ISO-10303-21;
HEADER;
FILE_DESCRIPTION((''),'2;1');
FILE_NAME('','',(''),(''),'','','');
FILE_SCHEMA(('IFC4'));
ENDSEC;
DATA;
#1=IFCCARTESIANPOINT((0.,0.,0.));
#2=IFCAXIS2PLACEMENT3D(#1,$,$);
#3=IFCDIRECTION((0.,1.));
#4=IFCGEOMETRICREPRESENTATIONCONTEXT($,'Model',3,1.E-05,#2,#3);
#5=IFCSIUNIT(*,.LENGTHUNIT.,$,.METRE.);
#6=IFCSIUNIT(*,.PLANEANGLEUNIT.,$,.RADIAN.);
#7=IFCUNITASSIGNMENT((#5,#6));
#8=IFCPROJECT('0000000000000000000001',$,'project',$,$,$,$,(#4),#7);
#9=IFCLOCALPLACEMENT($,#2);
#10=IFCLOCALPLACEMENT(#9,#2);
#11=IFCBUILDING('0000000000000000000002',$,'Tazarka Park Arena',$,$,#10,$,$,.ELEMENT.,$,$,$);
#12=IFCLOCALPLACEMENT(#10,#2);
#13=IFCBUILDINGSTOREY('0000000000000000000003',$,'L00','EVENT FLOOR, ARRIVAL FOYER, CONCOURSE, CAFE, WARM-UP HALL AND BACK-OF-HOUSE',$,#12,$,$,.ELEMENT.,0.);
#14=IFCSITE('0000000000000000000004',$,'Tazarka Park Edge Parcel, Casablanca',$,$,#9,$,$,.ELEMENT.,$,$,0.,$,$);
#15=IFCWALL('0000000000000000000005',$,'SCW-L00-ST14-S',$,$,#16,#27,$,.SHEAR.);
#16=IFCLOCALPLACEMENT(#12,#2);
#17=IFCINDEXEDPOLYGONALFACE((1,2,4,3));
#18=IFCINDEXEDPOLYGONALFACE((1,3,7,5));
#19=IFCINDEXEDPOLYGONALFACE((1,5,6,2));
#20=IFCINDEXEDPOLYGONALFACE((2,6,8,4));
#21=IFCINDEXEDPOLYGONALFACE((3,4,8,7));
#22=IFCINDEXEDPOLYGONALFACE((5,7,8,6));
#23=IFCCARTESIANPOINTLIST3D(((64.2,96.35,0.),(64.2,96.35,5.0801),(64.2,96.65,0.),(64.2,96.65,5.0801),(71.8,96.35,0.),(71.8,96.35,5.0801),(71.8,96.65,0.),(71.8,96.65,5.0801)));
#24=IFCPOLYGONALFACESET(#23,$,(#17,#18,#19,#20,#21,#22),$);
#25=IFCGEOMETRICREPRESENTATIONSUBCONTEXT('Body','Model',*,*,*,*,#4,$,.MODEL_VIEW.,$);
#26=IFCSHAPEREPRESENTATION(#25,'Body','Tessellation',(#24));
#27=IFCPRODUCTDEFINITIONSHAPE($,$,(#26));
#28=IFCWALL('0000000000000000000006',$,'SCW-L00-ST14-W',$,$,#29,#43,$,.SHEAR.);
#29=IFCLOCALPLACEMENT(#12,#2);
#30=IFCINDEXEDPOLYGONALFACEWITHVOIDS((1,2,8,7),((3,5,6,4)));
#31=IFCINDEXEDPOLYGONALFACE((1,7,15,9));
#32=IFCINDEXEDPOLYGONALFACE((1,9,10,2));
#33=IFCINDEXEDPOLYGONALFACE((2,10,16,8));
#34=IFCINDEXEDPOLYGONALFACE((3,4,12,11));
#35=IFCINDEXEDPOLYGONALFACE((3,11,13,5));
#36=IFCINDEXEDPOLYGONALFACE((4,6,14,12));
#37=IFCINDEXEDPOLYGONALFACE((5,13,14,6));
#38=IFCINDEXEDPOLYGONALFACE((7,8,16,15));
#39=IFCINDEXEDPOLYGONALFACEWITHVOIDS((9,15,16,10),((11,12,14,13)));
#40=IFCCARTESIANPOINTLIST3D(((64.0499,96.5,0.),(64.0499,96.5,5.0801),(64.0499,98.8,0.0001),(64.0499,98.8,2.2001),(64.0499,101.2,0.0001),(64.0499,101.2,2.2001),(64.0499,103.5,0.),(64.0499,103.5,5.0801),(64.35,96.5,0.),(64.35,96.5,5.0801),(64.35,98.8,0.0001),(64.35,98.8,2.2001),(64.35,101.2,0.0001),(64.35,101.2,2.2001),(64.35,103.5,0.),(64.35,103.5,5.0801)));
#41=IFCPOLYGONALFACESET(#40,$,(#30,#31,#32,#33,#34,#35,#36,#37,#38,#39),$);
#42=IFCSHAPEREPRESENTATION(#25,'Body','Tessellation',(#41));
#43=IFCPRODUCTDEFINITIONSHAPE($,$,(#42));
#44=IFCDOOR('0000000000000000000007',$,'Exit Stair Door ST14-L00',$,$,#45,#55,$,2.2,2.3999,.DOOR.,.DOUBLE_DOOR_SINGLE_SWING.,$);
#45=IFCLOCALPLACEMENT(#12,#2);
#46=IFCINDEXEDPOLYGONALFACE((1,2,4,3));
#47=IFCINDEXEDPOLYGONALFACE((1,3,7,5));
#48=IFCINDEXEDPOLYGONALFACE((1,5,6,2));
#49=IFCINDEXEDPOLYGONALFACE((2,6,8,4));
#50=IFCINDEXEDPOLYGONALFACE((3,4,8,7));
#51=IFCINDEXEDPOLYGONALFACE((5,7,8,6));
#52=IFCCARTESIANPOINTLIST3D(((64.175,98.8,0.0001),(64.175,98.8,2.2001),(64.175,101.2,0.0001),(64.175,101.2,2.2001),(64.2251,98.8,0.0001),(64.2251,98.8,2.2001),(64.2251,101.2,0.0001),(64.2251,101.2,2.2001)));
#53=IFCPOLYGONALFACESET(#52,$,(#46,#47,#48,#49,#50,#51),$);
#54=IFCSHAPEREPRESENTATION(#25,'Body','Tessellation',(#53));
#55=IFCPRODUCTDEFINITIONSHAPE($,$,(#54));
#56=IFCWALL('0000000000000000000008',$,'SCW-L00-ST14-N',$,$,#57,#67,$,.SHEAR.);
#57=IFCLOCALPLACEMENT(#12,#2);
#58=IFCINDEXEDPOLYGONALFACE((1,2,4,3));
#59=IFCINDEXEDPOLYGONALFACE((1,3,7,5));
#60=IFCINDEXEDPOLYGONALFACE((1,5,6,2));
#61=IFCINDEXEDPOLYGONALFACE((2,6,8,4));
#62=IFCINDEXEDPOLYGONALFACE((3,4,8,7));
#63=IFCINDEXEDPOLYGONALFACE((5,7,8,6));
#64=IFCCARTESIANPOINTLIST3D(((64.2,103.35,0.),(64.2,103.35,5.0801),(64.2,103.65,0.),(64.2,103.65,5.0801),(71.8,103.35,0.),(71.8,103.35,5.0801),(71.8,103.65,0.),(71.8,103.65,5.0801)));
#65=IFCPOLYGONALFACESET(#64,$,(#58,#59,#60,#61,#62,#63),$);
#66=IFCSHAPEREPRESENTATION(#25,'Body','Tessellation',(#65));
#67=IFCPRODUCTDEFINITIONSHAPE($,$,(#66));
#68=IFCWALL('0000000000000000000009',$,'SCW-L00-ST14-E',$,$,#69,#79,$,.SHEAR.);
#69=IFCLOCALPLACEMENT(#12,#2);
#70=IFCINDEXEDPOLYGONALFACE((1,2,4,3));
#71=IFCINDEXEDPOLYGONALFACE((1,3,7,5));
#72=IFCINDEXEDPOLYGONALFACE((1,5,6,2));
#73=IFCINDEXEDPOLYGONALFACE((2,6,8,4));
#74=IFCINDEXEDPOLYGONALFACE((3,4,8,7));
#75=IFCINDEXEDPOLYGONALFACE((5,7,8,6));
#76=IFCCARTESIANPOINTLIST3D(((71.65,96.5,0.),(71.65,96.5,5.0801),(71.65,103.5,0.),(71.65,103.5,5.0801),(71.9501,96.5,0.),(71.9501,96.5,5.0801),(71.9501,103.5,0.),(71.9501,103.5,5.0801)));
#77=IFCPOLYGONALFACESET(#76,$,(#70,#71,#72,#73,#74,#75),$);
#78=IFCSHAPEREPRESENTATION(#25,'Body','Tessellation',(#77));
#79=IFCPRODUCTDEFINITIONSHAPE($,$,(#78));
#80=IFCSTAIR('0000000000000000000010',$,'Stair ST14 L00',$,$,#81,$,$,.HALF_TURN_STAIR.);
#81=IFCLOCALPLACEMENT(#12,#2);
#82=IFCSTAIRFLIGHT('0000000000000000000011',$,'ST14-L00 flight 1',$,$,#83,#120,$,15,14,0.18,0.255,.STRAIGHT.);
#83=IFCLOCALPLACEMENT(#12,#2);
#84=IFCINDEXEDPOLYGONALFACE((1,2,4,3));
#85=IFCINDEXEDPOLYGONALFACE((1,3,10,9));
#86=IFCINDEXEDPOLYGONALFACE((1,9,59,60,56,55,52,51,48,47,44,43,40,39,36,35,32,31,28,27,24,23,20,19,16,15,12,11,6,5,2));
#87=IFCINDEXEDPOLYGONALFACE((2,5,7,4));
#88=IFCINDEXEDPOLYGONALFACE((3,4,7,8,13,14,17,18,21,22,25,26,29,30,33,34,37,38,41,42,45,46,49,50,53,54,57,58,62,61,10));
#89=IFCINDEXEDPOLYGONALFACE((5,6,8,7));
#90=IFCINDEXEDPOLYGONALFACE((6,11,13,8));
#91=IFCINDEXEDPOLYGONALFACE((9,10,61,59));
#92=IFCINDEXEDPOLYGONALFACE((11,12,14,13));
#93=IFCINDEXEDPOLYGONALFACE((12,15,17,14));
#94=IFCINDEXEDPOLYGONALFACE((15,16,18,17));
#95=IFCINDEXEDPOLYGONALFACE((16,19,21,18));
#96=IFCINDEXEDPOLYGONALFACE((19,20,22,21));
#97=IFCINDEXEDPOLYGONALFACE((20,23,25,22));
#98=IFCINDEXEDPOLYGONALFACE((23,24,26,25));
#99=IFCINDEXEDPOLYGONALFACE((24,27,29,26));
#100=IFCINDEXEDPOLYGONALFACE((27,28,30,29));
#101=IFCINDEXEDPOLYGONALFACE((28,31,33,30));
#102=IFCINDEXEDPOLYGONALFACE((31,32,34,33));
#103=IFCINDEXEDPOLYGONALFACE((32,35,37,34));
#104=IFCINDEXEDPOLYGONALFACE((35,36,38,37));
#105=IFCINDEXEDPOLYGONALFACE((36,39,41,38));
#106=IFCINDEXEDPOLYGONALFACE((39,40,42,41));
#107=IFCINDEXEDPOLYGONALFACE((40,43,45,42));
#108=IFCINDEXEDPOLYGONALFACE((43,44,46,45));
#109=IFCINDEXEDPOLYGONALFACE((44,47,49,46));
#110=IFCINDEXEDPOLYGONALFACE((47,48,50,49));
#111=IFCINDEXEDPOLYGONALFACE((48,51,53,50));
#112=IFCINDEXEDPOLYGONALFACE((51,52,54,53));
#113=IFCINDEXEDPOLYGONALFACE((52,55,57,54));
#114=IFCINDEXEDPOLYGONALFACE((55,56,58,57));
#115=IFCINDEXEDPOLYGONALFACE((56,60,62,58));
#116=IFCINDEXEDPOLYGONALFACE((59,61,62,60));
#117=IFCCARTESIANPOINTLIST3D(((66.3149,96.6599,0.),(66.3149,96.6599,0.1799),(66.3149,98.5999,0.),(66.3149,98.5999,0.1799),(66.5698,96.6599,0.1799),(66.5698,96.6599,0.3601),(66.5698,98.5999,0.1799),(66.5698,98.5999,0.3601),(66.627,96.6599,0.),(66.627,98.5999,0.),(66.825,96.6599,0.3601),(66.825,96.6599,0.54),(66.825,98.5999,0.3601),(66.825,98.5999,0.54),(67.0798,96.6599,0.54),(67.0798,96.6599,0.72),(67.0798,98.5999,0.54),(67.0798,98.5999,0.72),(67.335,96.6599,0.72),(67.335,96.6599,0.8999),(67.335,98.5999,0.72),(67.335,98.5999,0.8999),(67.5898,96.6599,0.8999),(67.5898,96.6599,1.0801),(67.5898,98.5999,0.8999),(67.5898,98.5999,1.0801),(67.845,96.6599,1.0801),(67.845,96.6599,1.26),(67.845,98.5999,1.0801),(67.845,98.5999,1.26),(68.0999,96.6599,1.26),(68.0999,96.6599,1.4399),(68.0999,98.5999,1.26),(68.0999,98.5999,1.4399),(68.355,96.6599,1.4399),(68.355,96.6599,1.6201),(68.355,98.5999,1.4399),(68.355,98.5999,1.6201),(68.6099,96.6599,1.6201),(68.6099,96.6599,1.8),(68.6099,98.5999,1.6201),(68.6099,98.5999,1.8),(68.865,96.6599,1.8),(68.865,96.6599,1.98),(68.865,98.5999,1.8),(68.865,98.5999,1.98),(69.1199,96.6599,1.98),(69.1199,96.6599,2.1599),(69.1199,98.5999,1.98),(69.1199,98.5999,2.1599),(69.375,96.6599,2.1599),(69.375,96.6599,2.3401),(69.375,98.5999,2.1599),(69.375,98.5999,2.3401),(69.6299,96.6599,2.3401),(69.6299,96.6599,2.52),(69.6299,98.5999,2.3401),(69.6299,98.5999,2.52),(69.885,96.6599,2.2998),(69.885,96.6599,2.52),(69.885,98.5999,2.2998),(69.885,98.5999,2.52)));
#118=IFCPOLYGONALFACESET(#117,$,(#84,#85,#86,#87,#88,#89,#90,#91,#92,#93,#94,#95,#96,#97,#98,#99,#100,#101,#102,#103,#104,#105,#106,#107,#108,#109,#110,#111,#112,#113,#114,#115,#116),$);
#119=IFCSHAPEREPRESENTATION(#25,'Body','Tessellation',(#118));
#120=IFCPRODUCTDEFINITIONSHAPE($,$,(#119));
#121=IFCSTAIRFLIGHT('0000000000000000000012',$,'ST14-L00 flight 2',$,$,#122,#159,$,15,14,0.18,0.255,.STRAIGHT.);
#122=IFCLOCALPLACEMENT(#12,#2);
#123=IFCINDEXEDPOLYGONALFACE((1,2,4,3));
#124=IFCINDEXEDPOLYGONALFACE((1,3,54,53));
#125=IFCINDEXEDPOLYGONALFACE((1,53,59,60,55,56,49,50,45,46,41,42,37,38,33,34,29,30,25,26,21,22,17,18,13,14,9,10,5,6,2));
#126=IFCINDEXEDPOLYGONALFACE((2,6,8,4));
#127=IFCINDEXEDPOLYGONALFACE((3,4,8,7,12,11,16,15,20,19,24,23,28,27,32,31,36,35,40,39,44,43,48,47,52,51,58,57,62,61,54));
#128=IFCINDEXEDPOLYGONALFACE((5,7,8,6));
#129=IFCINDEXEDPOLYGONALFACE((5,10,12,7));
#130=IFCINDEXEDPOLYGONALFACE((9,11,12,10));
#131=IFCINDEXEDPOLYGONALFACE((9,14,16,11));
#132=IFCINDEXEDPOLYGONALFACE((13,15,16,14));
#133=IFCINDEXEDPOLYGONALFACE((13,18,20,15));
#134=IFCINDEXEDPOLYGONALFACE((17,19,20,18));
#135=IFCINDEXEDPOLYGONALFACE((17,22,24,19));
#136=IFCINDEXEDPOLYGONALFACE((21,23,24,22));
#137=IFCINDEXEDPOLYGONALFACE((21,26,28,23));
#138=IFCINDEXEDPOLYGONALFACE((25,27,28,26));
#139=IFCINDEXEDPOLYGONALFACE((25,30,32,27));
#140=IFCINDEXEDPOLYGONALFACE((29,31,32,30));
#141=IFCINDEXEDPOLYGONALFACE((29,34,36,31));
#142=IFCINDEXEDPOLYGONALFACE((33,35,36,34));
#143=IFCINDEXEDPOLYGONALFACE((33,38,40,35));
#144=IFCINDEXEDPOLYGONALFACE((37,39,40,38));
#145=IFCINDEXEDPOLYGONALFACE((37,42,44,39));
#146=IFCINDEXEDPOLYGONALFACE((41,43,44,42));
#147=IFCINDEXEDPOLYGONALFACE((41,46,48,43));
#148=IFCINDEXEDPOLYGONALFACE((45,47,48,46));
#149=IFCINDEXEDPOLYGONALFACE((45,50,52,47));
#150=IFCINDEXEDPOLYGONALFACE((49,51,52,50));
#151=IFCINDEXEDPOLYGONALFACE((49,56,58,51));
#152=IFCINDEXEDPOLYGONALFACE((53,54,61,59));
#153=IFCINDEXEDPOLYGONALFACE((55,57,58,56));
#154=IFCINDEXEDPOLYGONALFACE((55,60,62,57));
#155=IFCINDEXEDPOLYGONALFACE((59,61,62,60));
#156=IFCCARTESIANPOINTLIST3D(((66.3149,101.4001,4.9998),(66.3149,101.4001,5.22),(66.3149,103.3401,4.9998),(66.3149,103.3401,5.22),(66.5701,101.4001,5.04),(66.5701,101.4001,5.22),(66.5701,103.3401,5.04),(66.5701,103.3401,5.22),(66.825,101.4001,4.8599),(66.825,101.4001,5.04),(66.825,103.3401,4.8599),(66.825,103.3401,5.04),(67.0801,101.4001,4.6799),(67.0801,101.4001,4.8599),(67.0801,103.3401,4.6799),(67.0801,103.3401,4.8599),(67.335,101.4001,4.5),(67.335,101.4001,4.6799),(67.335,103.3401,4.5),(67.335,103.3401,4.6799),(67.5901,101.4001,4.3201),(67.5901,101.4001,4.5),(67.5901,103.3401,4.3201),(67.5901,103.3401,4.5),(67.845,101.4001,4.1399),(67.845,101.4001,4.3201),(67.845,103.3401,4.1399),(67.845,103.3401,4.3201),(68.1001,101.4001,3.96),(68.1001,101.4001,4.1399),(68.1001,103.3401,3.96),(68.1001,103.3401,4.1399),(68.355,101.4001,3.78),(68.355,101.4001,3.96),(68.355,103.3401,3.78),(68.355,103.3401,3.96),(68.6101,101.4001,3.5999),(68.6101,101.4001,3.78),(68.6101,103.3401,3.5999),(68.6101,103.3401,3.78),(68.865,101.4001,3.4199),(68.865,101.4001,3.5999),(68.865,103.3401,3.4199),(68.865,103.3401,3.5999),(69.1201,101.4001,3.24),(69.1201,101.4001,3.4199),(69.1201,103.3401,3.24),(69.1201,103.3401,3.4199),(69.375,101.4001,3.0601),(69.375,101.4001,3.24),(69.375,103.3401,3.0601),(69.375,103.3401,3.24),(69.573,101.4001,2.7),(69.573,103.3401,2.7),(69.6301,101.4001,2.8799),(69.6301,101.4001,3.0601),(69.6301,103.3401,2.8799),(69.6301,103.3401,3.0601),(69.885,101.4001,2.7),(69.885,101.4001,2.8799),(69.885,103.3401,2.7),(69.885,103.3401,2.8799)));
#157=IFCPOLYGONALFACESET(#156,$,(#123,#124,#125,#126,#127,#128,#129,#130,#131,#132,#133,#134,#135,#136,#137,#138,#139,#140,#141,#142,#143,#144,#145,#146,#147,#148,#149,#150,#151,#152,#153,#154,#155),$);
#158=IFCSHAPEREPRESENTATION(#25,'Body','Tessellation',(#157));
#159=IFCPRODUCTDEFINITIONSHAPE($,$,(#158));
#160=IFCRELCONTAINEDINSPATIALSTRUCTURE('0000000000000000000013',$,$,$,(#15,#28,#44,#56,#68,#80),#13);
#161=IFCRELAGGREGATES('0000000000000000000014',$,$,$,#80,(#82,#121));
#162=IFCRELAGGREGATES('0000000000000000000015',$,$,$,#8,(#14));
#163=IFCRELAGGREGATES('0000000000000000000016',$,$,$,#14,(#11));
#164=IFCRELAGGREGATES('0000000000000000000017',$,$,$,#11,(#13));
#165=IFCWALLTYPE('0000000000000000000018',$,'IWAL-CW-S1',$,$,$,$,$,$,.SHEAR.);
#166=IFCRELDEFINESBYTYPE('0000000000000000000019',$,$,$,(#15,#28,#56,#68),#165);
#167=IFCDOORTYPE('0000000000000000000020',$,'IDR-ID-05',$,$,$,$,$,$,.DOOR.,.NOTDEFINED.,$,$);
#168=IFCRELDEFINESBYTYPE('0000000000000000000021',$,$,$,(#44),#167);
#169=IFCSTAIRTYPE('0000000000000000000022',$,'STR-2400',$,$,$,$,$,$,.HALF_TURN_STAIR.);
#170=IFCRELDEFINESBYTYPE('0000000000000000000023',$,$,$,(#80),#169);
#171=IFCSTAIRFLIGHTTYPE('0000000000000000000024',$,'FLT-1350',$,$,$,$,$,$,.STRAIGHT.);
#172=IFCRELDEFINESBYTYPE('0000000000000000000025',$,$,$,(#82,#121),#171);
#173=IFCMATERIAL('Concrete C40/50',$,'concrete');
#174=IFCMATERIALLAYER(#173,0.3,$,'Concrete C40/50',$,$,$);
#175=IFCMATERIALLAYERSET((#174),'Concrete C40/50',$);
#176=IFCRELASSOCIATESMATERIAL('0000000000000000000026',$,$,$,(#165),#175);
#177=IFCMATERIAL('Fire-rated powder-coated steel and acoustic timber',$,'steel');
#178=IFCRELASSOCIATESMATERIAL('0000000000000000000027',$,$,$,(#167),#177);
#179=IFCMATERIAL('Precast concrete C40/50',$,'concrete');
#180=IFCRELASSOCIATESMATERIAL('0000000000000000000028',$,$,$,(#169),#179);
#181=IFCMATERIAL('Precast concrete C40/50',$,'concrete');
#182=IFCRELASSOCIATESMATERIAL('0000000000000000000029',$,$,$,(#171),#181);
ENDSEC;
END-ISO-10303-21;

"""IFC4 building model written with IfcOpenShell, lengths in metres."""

from ifc_helpers import new_model, si_unit, direction, frame, frame_2d, origin, place, context, subcontext, project, spatial, polyline, rectangle, outline, extrude, material, layer, layer_set, type_object, element, fill, aggregate, save


model = new_model("IFC4")

# Units and contexts
model_context = context("Model", 3, precision=1e-05, world=origin(), true_north=direction((0.0, 1.0)))
body_context = subcontext(model_context, "Body", "Model", "MODEL_VIEW")
ifc_project = project(units=[si_unit("LENGTHUNIT", "METRE"), si_unit("PLANEANGLEUNIT", "RADIAN")], contexts=[model_context])

# Site, building, storey
site_placement = place(None, origin())
site = spatial("IfcSite", under=ifc_project, at=site_placement, Name="Tazarka Park Edge Parcel, Casablanca", CompositionType="ELEMENT", RefElevation=0.0)
building_placement = place(site_placement, origin())
building = spatial("IfcBuilding", under=site, at=building_placement, Name="Tazarka Park Arena", CompositionType="ELEMENT")
storey_placement = place(building_placement, origin())
storey = spatial("IfcBuildingStorey", under=building, at=storey_placement, Name="L00", Description="EVENT FLOOR, ARRIVAL FOYER, CONCOURSE, CAFE, WARM-UP HALL AND BACK-OF-HOUSE", CompositionType="ELEMENT", Elevation=0.0)

# Wall
ifc_material_1 = material(Name="Concrete C40/50", Category="concrete")
ifc_layer = layer(ifc_material_1, 0.3, Name="Concrete C40/50")
ifc_layer_set = layer_set([ifc_layer], Name="Concrete C40/50")
wall_type = type_object("IfcWallType", Name="IWAL-CW-S1", PredefinedType="SHEAR", material=ifc_layer_set)
wall_1_placement = place(storey_placement, frame((71.8, 96.5, 0.0), z_axis=(0.0, 0.0, 1.0), x_axis=(-1.0, 0.0, 0.0)))
element("IfcWall", 1, at=wall_1_placement, inside=storey, type_object=wall_type, Name="SCW-L00-ST14-S", PredefinedType="SHEAR", context=body_context, shape_type="SweptSolid", body=[
    extrude(rectangle(XDim=7.6001, YDim=0.3, at=frame_2d((3.8, 0.0))), origin(), (0.0, 0.0, 1.0), 5.0801),
])

# Wall, opening, door
wall_2_placement = place(storey_placement, frame((64.2, 96.5, 0.0), z_axis=(0.0, 0.0, 1.0), x_axis=(0.0, 1.0, 0.0)))
wall_2 = element("IfcWall", 2, at=wall_2_placement, inside=storey, type_object=wall_type, Name="SCW-L00-ST14-W", PredefinedType="SHEAR", context=body_context, shape_type="SweptSolid", body=[
    extrude(rectangle(XDim=7.0, YDim=0.3, at=frame_2d((3.5, 0.0))), origin(), (0.0, 0.0, 1.0), 5.0801),
])
opening_placement = place(wall_2_placement, frame((2.3, 0.0, 0.0)))
opening = element("IfcOpeningElement", 3, at=opening_placement, cuts=wall_2, PredefinedType="OPENING", context=body_context, shape_type="SweptSolid", body=[
    extrude(rectangle(XDim=2.3999, YDim=2.2, at=frame_2d((1.2, 1.1001))), frame((0.0, 0.1602, 0.0), z_axis=(0.0, -1.0, 0.0), x_axis=(1.0, 0.0, 0.0)), (0.0, 0.0, 1.0), 0.3201),
])
ifc_material_2 = material(Name="Fire-rated powder-coated steel and acoustic timber", Category="steel")
door_type = type_object("IfcDoorType", Name="IDR-ID-05", OperationType="NOTDEFINED", PredefinedType="DOOR", material=ifc_material_2)
door_placement = place(opening_placement, origin())
door = element("IfcDoor", 4, at=door_placement, inside=storey, type_object=door_type, Name="Exit Stair Door ST14-L00", OperationType="DOUBLE_DOOR_SINGLE_SWING", OverallHeight=2.2, OverallWidth=2.3999, PredefinedType="DOOR", context=body_context, shape_type="SweptSolid", body=[
    extrude(rectangle(XDim=2.3999, YDim=2.2, at=frame_2d((1.2, 1.1001))), frame((0.0, 0.0249, 0.0), z_axis=(0.0, -1.0, 0.0), x_axis=(1.0, 0.0, 0.0)), (0.0, 0.0, 1.0), 0.05),
])
fill(opening, door)

# Walls
wall_3_placement = place(storey_placement, frame((64.2, 103.5, 0.0), z_axis=(0.0, 0.0, 1.0), x_axis=(1.0, 0.0, 0.0)))
element("IfcWall", 5, at=wall_3_placement, inside=storey, type_object=wall_type, Name="SCW-L00-ST14-N", PredefinedType="SHEAR", context=body_context, shape_type="SweptSolid", body=[
    extrude(rectangle(XDim=7.6001, YDim=0.3, at=frame_2d((3.8, 0.0))), origin(), (0.0, 0.0, 1.0), 5.0801),
])
wall_4_placement = place(storey_placement, frame((71.8, 103.5, 0.0), z_axis=(0.0, 0.0, 1.0), x_axis=(0.0, -1.0, 0.0)))
element("IfcWall", 6, at=wall_4_placement, inside=storey, type_object=wall_type, Name="SCW-L00-ST14-E", PredefinedType="SHEAR", context=body_context, shape_type="SweptSolid", body=[
    extrude(rectangle(XDim=7.0, YDim=0.3, at=frame_2d((3.5, 0.0))), origin(), (0.0, 0.0, 1.0), 5.0801),
])

# Stair, stair flights
ifc_material_3 = material(Name="Precast concrete C40/50", Category="concrete")
stair_type = type_object("IfcStairType", Name="STR-2400", PredefinedType="HALF_TURN_STAIR", material=ifc_material_3)
stair_placement = place(storey_placement, origin())
stair = element("IfcStair", 7, at=stair_placement, inside=storey, type_object=stair_type, Name="Stair ST14 L00", PredefinedType="HALF_TURN_STAIR")
ifc_material_4 = material(Name="Precast concrete C40/50", Category="concrete")
stair_flight_type = type_object("IfcStairFlightType", Name="FLT-1350", PredefinedType="STRAIGHT", material=ifc_material_4)
stair_flight_1_placement = place(storey_placement, frame((66.3149, 97.6299, 0.0), z_axis=(0.0, 0.0, 1.0), x_axis=(1.0, 0.0, 0.0)))
stair_flight_1 = element("IfcStairFlight", 8, at=stair_flight_1_placement, type_object=stair_flight_type, Name="ST14-L00 flight 1", NumberOfRisers=15, NumberOfTreads=14, PredefinedType="STRAIGHT", RiserHeight=0.18, TreadLength=0.255, context=body_context, shape_type="SweptSolid", body=[
    extrude(outline(polyline([(0.0, 0.0), (0.0, 0.1799), (0.2549, 0.1799), (0.2549, 0.3601), (0.51, 0.3601), (0.51, 0.54), (0.7649, 0.54), (0.7649, 0.72), (1.02, 0.72), (1.02, 0.8999), (1.2749, 0.8999), (1.2749, 1.0801), (1.53, 1.0801), (1.53, 1.26), (1.7849, 1.26), (1.7849, 1.4399), (2.04, 1.4399), (2.04, 1.6201), (2.2949, 1.6201), (2.2949, 1.8), (2.55, 1.8), (2.55, 1.98), (2.8049, 1.98), (2.8049, 2.1599), (3.0601, 2.1599), (3.0601, 2.3401), (3.3149, 2.3401), (3.3149, 2.52), (3.5701, 2.52), (3.5701, 2.7), (3.5701, 2.2998), (0.312, 0.0), (0.0, 0.0)])), frame((0.0, 0.97, 0.0), z_axis=(0.0, -1.0, 0.0), x_axis=(1.0, 0.0, 0.0)), (0.0, 0.0, 1.0), 1.9399),
])
stair_flight_2_placement = place(storey_placement, frame((69.885, 102.3701, 2.7), z_axis=(0.0, 0.0, 1.0), x_axis=(-1.0, 0.0, 0.0)))
stair_flight_2 = element("IfcStairFlight", 9, at=stair_flight_2_placement, type_object=stair_flight_type, Name="ST14-L00 flight 2", NumberOfRisers=15, NumberOfTreads=14, PredefinedType="STRAIGHT", RiserHeight=0.18, TreadLength=0.255, context=body_context, shape_type="SweptSolid", body=[
    extrude(outline(polyline([(0.0, 0.0), (0.0, 0.1799), (0.2549, 0.1799), (0.2549, 0.3601), (0.51, 0.3601), (0.51, 0.54), (0.7649, 0.54), (0.7649, 0.72), (1.02, 0.72), (1.02, 0.8999), (1.2749, 0.8999), (1.2749, 1.0801), (1.53, 1.0801), (1.53, 1.26), (1.7849, 1.26), (1.7849, 1.4399), (2.04, 1.4399), (2.04, 1.6201), (2.2949, 1.6201), (2.2949, 1.8), (2.55, 1.8), (2.55, 1.98), (2.8049, 1.98), (2.8049, 2.1599), (3.0601, 2.1599), (3.0601, 2.3401), (3.3149, 2.3401), (3.3149, 2.52), (3.5701, 2.52), (3.5701, 2.7), (3.5701, 2.2998), (0.312, 0.0), (0.0, 0.0)])), frame((0.0, 0.97, 0.0), z_axis=(0.0, -1.0, 0.0), x_axis=(1.0, 0.0, 0.0)), (0.0, 0.0, 1.0), 1.9399),
])
aggregate(stair, [stair_flight_1, stair_flight_2])

save(model, "model.ifc")
